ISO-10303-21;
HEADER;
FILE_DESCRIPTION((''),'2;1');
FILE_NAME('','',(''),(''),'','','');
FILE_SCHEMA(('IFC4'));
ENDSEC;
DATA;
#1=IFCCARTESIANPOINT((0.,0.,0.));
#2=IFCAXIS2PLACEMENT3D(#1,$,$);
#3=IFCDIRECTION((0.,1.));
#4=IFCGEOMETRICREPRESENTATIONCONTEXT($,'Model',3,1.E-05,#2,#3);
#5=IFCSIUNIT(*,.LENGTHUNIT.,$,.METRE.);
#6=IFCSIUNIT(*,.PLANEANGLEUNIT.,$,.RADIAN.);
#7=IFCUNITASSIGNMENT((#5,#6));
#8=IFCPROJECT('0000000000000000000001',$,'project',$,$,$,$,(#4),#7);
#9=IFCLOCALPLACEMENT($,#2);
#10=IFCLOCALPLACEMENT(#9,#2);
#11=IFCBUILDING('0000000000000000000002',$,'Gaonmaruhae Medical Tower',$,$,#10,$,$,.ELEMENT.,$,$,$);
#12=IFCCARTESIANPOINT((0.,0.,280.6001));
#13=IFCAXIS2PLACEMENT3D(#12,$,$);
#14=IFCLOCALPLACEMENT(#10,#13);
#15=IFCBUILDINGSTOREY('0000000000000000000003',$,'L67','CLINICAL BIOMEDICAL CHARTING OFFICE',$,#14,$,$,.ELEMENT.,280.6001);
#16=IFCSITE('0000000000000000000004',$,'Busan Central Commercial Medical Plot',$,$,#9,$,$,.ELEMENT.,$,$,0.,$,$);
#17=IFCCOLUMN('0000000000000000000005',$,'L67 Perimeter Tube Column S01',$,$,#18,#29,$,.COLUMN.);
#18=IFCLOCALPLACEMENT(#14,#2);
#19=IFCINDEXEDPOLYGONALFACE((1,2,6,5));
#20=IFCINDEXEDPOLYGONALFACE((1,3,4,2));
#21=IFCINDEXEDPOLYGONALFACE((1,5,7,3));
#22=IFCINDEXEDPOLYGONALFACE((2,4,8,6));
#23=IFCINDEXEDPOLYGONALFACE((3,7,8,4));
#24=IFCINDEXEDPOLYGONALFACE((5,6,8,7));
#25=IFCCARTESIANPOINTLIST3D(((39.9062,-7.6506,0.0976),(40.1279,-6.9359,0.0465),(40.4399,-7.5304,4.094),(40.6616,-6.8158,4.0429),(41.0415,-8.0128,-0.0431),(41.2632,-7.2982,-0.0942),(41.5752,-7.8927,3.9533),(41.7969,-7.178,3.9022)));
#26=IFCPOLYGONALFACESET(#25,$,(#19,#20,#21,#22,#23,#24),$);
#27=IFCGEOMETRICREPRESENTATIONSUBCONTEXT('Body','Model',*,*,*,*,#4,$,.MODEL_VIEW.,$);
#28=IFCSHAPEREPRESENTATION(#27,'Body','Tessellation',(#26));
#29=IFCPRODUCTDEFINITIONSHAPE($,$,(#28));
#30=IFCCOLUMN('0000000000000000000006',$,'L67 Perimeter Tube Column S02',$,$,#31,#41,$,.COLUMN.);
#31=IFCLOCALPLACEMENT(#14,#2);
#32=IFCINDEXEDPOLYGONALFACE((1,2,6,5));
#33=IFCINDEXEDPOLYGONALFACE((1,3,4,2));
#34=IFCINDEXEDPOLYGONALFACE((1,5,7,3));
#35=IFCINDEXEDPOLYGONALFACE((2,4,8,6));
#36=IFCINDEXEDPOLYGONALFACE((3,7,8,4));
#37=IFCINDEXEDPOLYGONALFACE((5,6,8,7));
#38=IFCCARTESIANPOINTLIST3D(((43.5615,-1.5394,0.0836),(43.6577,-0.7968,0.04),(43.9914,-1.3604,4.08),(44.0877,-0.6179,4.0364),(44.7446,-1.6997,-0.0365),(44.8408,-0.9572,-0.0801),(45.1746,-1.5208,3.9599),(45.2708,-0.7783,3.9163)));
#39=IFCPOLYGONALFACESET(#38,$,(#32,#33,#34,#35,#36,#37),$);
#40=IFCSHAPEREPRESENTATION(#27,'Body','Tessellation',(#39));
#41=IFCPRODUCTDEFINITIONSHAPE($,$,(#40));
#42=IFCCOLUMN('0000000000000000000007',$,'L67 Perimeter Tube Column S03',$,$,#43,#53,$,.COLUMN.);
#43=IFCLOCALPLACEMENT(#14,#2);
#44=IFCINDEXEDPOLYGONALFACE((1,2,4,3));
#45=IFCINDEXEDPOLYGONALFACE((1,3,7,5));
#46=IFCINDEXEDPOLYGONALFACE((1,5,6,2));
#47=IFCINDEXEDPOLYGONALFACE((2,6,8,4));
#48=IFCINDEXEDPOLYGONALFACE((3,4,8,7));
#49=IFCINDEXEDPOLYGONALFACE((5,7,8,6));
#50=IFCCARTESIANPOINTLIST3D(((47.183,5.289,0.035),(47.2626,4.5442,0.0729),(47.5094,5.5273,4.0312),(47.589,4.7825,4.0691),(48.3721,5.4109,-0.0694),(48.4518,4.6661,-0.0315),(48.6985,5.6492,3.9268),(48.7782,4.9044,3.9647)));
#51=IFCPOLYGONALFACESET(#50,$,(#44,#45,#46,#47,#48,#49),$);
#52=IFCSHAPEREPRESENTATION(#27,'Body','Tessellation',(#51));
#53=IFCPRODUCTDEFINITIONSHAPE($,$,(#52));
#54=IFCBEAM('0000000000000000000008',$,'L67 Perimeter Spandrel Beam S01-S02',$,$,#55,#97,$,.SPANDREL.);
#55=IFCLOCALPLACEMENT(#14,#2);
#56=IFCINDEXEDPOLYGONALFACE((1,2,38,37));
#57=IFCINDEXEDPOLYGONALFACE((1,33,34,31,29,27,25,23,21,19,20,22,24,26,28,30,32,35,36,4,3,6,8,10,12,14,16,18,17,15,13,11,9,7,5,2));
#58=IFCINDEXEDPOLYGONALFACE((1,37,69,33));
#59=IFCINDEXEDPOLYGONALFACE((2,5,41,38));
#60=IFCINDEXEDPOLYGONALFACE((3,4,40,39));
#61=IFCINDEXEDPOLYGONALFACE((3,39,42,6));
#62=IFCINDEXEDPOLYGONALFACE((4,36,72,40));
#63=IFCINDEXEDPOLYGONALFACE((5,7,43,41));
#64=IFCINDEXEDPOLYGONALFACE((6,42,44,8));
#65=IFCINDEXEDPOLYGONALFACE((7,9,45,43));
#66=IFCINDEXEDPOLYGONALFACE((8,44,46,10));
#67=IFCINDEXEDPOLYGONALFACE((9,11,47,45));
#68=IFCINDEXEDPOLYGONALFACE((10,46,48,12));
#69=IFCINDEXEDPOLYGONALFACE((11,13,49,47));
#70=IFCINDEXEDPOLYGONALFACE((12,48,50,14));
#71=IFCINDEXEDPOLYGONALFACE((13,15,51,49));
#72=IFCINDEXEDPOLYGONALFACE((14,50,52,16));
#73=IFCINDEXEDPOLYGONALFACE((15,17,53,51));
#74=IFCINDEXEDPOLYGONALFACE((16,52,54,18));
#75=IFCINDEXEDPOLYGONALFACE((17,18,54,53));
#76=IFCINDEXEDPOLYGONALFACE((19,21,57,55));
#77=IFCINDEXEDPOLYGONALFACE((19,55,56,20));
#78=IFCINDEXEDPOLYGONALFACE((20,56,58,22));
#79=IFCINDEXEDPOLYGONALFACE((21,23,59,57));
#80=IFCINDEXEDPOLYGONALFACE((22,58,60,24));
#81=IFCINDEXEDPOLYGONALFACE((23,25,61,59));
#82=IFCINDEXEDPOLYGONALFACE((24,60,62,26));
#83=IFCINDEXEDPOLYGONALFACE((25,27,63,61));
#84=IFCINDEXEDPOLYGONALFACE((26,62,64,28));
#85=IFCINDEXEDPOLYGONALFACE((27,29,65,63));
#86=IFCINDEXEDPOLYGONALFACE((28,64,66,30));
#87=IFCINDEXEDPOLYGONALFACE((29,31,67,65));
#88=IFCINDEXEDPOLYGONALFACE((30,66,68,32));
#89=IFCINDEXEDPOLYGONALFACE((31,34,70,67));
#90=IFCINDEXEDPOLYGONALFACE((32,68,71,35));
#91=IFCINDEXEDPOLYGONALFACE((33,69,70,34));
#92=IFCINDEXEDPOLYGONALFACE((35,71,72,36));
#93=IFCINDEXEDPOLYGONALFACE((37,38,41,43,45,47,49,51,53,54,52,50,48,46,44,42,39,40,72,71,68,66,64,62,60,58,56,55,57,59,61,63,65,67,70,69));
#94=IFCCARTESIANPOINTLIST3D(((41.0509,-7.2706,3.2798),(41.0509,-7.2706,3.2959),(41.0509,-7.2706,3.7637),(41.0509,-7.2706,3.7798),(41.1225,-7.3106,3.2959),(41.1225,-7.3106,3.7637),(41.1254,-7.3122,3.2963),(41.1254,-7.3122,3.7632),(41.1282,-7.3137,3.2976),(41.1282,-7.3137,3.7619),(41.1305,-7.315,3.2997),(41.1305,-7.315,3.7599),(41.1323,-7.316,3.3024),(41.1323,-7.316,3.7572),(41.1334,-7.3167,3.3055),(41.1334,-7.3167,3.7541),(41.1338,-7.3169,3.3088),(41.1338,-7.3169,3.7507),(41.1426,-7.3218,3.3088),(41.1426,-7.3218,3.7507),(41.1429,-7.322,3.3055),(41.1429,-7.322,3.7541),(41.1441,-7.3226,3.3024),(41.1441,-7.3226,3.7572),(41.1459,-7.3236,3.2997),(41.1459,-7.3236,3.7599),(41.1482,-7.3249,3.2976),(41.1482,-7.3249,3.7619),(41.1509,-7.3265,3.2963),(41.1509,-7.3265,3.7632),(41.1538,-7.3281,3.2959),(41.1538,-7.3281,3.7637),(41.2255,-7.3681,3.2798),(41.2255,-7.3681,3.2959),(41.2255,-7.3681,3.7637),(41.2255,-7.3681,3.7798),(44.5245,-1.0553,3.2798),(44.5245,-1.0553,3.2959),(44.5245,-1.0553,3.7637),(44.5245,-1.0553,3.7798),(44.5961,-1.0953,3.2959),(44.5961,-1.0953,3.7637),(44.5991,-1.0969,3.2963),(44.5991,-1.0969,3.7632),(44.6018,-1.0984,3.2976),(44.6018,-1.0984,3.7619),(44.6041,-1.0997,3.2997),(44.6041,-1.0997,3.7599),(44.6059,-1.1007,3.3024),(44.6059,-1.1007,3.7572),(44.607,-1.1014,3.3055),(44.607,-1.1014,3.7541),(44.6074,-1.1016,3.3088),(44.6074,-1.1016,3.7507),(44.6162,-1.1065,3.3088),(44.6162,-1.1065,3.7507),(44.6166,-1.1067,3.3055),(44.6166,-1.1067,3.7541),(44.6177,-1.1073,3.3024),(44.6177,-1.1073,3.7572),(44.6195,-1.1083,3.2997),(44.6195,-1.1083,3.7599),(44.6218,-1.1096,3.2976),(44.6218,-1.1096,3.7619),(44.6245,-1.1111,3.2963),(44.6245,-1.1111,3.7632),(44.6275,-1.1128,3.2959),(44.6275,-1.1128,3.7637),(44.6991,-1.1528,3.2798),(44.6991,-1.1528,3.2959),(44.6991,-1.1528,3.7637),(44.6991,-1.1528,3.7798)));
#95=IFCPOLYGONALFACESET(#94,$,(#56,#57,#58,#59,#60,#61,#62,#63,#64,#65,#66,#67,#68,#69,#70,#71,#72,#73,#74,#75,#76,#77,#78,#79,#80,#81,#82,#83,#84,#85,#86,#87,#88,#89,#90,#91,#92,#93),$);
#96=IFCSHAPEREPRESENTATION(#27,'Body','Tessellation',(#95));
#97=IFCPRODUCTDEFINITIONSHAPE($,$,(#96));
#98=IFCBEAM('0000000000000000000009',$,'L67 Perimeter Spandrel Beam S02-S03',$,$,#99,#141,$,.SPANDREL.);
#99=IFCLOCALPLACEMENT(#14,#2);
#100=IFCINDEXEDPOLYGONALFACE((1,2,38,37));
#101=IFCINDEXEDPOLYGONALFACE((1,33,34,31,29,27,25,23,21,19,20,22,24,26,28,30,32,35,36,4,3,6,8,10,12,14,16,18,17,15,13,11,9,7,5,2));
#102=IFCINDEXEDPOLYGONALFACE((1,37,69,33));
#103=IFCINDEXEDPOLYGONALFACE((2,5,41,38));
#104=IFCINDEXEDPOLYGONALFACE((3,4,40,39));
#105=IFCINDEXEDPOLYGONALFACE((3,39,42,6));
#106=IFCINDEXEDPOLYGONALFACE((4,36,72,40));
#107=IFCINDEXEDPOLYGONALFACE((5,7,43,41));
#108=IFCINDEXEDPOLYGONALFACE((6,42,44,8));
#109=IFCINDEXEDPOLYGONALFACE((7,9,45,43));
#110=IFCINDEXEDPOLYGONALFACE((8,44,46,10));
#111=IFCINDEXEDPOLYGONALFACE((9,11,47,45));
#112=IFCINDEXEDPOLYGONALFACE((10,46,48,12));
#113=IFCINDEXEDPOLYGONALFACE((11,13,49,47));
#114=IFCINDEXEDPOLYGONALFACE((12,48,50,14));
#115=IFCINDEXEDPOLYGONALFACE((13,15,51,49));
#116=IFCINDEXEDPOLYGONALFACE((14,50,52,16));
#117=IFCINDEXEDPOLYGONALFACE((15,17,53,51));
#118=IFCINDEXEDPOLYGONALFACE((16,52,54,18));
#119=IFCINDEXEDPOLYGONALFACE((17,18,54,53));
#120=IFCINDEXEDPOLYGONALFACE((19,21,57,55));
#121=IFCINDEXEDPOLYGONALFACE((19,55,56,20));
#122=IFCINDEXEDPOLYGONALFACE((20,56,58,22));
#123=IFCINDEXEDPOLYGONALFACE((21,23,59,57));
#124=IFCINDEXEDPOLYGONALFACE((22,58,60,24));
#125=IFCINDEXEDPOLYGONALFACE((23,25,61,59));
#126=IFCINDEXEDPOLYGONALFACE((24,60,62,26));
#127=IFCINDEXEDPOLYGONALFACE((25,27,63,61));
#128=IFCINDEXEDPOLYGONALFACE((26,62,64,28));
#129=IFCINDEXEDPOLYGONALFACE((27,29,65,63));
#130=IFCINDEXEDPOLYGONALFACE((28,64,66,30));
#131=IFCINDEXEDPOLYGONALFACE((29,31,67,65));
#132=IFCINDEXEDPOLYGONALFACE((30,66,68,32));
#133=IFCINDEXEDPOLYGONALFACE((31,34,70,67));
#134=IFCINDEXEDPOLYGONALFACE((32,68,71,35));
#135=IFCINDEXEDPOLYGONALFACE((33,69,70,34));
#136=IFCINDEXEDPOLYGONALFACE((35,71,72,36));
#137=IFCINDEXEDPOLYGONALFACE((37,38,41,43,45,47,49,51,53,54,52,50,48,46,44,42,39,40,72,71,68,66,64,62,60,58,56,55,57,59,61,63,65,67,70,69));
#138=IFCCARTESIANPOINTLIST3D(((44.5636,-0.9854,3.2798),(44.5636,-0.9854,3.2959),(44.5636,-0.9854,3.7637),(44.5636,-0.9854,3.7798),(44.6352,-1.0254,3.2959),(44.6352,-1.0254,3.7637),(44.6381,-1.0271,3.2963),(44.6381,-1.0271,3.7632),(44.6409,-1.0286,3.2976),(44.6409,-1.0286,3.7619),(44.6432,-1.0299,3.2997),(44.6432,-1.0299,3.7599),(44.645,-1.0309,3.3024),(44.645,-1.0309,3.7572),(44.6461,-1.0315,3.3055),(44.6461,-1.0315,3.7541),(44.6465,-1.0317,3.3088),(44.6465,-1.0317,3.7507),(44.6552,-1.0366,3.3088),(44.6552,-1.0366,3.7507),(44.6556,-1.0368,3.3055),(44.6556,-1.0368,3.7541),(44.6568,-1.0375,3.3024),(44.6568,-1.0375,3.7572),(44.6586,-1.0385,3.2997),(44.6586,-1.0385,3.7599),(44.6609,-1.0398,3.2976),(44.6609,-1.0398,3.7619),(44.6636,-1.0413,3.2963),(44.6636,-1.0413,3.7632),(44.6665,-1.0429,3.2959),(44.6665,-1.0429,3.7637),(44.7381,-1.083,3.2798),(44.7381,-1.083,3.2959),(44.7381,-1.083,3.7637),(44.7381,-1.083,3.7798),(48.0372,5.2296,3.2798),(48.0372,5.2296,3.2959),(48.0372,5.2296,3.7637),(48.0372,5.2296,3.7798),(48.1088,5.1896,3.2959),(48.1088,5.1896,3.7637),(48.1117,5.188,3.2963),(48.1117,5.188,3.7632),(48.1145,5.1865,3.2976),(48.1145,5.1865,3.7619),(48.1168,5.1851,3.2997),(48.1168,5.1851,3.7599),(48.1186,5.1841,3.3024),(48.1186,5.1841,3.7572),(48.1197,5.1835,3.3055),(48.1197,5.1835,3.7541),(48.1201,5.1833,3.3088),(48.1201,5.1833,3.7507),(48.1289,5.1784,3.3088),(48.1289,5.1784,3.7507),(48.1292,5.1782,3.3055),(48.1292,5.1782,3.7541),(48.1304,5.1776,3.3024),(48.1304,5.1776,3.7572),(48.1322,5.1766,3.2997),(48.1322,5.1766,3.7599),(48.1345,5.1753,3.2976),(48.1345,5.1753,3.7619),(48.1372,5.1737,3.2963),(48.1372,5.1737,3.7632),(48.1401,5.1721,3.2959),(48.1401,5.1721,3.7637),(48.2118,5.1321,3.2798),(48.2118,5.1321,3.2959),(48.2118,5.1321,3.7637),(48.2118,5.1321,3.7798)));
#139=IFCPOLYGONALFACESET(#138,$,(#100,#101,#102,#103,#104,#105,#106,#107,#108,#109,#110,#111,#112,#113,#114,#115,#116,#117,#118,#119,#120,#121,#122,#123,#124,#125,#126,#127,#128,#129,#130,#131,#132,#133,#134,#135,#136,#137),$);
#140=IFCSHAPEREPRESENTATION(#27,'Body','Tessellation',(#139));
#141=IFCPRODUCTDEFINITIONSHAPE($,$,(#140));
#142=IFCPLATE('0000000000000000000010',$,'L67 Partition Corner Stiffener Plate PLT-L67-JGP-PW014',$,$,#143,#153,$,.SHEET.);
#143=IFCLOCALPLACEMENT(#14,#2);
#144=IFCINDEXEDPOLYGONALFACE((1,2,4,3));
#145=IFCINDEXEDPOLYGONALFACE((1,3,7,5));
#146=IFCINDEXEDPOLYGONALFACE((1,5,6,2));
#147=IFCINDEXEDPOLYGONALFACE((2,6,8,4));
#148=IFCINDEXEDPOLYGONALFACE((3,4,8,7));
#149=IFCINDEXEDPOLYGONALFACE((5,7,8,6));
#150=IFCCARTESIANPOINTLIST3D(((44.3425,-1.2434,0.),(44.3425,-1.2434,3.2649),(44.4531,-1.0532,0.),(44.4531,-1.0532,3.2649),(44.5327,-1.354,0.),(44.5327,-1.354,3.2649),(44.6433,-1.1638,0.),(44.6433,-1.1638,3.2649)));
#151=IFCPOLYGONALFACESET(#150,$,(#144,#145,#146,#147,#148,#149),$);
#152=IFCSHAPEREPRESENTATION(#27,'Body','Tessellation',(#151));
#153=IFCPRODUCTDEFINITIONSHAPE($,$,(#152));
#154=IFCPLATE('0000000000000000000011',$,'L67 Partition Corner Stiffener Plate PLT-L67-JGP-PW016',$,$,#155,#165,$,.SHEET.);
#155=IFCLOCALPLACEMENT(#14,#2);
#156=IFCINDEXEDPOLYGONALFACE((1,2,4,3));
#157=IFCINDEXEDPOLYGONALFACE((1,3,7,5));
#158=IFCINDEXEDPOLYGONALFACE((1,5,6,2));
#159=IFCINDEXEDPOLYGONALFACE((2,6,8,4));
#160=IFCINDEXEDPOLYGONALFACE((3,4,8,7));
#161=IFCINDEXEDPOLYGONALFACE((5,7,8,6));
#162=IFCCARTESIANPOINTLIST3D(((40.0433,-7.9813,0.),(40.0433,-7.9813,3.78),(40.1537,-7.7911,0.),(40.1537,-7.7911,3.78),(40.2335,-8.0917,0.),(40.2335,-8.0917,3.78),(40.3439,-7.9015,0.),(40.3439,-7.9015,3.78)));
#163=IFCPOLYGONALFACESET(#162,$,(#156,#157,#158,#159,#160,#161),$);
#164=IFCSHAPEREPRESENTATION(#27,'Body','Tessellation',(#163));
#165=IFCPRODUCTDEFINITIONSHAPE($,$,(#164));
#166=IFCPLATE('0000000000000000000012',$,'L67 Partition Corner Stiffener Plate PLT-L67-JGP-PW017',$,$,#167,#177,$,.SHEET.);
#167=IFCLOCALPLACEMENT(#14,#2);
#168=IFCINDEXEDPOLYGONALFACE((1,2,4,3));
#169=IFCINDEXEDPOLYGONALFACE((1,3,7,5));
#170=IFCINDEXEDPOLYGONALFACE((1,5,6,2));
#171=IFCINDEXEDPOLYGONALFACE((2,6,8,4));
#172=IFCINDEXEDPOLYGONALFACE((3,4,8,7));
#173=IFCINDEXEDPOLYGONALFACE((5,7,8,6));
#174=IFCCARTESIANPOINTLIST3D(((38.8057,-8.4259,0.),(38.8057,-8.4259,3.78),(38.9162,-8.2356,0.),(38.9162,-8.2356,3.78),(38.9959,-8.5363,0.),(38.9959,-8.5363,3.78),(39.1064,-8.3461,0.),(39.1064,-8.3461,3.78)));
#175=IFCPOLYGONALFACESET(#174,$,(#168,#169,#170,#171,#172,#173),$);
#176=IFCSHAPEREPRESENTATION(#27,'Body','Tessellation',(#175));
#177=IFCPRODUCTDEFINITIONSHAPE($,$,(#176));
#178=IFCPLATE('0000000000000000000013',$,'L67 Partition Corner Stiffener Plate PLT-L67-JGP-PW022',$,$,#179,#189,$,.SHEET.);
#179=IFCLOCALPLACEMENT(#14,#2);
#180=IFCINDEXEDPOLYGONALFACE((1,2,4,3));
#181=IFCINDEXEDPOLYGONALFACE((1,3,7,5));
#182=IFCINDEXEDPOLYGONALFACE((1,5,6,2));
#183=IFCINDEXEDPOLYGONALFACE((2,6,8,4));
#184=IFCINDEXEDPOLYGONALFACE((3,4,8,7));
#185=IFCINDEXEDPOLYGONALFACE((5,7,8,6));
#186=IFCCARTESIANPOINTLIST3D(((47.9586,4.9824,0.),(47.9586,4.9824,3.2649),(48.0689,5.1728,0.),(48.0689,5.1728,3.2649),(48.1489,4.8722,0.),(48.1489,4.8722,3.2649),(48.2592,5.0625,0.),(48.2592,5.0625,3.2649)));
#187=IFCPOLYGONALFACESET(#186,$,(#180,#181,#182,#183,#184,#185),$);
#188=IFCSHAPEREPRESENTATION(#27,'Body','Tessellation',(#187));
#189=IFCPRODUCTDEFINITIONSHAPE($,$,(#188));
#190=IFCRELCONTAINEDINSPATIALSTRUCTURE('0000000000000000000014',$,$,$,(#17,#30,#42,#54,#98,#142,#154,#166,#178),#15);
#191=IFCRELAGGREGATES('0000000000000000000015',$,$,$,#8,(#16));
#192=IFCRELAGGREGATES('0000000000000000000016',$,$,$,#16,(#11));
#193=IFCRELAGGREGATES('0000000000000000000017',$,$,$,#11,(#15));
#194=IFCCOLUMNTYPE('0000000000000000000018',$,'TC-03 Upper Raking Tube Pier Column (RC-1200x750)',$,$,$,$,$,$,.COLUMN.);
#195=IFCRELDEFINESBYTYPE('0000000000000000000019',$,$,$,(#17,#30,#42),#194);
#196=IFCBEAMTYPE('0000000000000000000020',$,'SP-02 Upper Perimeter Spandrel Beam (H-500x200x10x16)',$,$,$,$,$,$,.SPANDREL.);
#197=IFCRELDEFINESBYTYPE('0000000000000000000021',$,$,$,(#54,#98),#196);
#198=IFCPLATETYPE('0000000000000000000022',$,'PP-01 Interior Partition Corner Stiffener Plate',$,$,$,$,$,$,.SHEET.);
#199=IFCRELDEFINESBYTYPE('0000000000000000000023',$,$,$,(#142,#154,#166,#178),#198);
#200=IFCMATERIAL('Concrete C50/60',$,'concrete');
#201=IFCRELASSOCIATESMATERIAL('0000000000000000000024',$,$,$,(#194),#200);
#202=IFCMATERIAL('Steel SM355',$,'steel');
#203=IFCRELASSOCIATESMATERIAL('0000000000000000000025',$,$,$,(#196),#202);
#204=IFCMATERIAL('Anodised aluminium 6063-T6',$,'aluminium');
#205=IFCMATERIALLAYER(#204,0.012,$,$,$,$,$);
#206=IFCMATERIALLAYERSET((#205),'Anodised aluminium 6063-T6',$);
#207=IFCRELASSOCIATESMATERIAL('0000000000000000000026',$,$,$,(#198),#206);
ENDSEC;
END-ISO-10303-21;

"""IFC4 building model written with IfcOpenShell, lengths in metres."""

from ifc_helpers import new_model, si_unit, direction, frame, origin, origin_2d, place, context, subcontext, project, spatial, rectangle, i_section, extrude, material, layer, layer_set, material_profile, profile_set, type_object, element, save


model = new_model("IFC4")

# Units and contexts
model_context = context("Model", 3, precision=1e-05, world=origin(), true_north=direction((0.0, 1.0)))
body_context = subcontext(model_context, "Body", "Model", "MODEL_VIEW")
ifc_project = project(units=[si_unit("LENGTHUNIT", "METRE"), si_unit("PLANEANGLEUNIT", "RADIAN")], contexts=[model_context])

# Site, building, storey
site_placement = place(None, origin())
site = spatial("IfcSite", under=ifc_project, at=site_placement, Name="Busan Central Commercial Medical Plot", CompositionType="ELEMENT", RefElevation=0.0)
building_placement = place(site_placement, origin())
building = spatial("IfcBuilding", under=site, at=building_placement, Name="Gaonmaruhae Medical Tower", CompositionType="ELEMENT")
storey_placement = place(building_placement, frame((0.0, 0.0, 280.6001)))
storey = spatial("IfcBuildingStorey", under=building, at=storey_placement, Name="L67", Description="CLINICAL BIOMEDICAL CHARTING OFFICE", CompositionType="ELEMENT", Elevation=280.6001)

# Columns
ifc_material_1 = material(Name="Concrete C50/60", Category="concrete")
ifc_material_profile_1 = material_profile(ifc_material_1, rectangle(XDim=1.2, YDim=0.75, at=origin_2d()), Name="RC-1200x750")
ifc_profile_set_1 = profile_set([ifc_material_profile_1], Name="Concrete C50/60")
column_type = type_object("IfcColumnType", Name="TC-03 Upper Raking Tube Pier Column (RC-1200x750)", PredefinedType="COLUMN", material=ifc_profile_set_1)
column_1_placement = place(storey_placement, frame((40.5847, -7.4744, 0.0017), z_axis=(0.132311, 0.029779, 0.990761), x_axis=(-0.946102, 0.301892, 0.117273)))
element("IfcColumn", 1, at=column_1_placement, inside=storey, type_object=column_type, Name="L67 Perimeter Tube Column S01", PredefinedType="COLUMN", context=body_context, shape_type="SweptSolid", body=[
    extrude(rectangle(XDim=1.2, YDim=0.75, at=origin_2d()), origin(), (0.0, 0.0, 1.0), 4.0337),
])
column_2_placement = place(storey_placement, frame((44.2012, -1.2483, 0.0017), z_axis=(0.106858, 0.044479, 0.993279), x_axis=(-0.985963, 0.133641, 0.100087)))
element("IfcColumn", 2, at=column_2_placement, inside=storey, type_object=column_type, Name="L67 Perimeter Tube Column S02", PredefinedType="COLUMN", context=body_context, shape_type="SweptSolid", body=[
    extrude(rectangle(XDim=1.2, YDim=0.75, at=origin_2d()), origin(), (0.0, 0.0, 1.0), 4.0234),
])
column_3_placement = place(storey_placement, frame((47.8174, 4.9775, 0.0017), z_axis=(0.081264, 0.059322, 0.994926), x_axis=(-0.991016, -0.10158, 0.087002)))
element("IfcColumn", 3, at=column_3_placement, inside=storey, type_object=column_type, Name="L67 Perimeter Tube Column S03", PredefinedType="COLUMN", context=body_context, shape_type="SweptSolid", body=[
    extrude(rectangle(XDim=1.2, YDim=0.75, at=origin_2d()), origin(), (0.0, 0.0, 1.0), 4.0166),
])

# Beams
ifc_material_2 = material(Name="Steel SM355", Category="steel")
ifc_material_profile_2 = material_profile(ifc_material_2, i_section(OverallWidth=0.2, OverallDepth=0.5, WebThickness=0.01, FlangeThickness=0.0161, FilletRadius=0.0129, at=origin_2d()), Name="H-500x200x10x16")
ifc_profile_set_2 = profile_set([ifc_material_profile_2], Name="Steel SM355")
beam_type = type_object("IfcBeamType", Name="SP-02 Upper Perimeter Spandrel Beam (H-500x200x10x16)", PredefinedType="SPANDREL", material=ifc_profile_set_2)
beam_1_placement = place(storey_placement, frame((41.1382, -7.3193, 3.5298), z_axis=(0.48786, 0.872922, 0.0), x_axis=(-0.872922, 0.48786, 0.0)))
element("IfcBeam", 4, at=beam_1_placement, inside=storey, type_object=beam_type, Name="L67 Perimeter Spandrel Beam S01-S02", PredefinedType="SPANDREL", context=body_context, shape_type="SweptSolid", body=[
    extrude(i_section(OverallWidth=0.2, OverallDepth=0.5, WebThickness=0.01, FlangeThickness=0.0161, FilletRadius=0.0129, at=origin_2d()), origin(), (0.0, 0.0, 1.0), 7.1201),
])
beam_2_placement = place(storey_placement, frame((44.6509, -1.0342, 3.5298), z_axis=(0.487874, 0.872914, 0.0), x_axis=(-0.872914, 0.487874, 0.0)))
element("IfcBeam", 5, at=beam_2_placement, inside=storey, type_object=beam_type, Name="L67 Perimeter Spandrel Beam S02-S03", PredefinedType="SPANDREL", context=body_context, shape_type="SweptSolid", body=[
    extrude(i_section(OverallWidth=0.2, OverallDepth=0.5, WebThickness=0.01, FlangeThickness=0.0161, FilletRadius=0.0129, at=origin_2d()), origin(), (0.0, 0.0, 1.0), 7.1199),
])

# Plates
ifc_material_3 = material(Name="Anodised aluminium 6063-T6", Category="aluminium")
ifc_layer_1 = layer(ifc_material_3, 0.012)
ifc_layer_set_1 = layer_set([ifc_layer_1], Name="Anodised aluminium 6063-T6")
plate_type = type_object("IfcPlateType", Name="PP-01 Interior Partition Corner Stiffener Plate", PredefinedType="SHEET", material=ifc_layer_set_1)
plate_1_placement = place(storey_placement, frame((44.4929, -1.2036, 0.0), z_axis=(0.0, 0.0, 1.0), x_axis=(-0.502779, -0.864415, 0.0)))
element("IfcPlate", 6, at=plate_1_placement, inside=storey, type_object=plate_type, Name="L67 Partition Corner Stiffener Plate PLT-L67-JGP-PW014", PredefinedType="SHEET", context=body_context, shape_type="SweptSolid", body=[
    extrude(rectangle(XDim=0.22, YDim=0.22, at=origin_2d()), origin(), (0.0, 0.0, 1.0), 3.2649),
])
for number, where, z_axis, x_axis, name in (
    (7, (40.1936, -7.9414, 0.0), (0.0, 0.0, 1.0), (-0.86481, 0.5021, 0.0), "L67 Partition Corner Stiffener Plate PLT-L67-JGP-PW016"),
    (8, (38.9561, -8.386, 0.0), (0.0, 0.0, 1.0), (-0.502235, -0.864731, 0.0), "L67 Partition Corner Stiffener Plate PLT-L67-JGP-PW017"),
):
    element("IfcPlate", number, at=place(storey_placement, frame(where, z_axis=z_axis, x_axis=x_axis)), inside=storey, type_object=plate_type, Name=name, PredefinedType="SHEET", context=body_context, shape_type="SweptSolid", body=[
        extrude(rectangle(XDim=0.22, YDim=0.22, at=origin_2d()), origin(), (0.0, 0.0, 1.0), 3.78),
    ])
plate_2_placement = place(storey_placement, frame((48.1089, 5.0225, 0.0), z_axis=(0.0, 0.0, 1.0), x_axis=(-0.50139, -0.865221, 0.0)))
element("IfcPlate", 9, at=plate_2_placement, inside=storey, type_object=plate_type, Name="L67 Partition Corner Stiffener Plate PLT-L67-JGP-PW022", PredefinedType="SHEET", context=body_context, shape_type="SweptSolid", body=[
    extrude(rectangle(XDim=0.22, YDim=0.22, at=origin_2d()), origin(), (0.0, 0.0, 1.0), 3.2649),
])

save(model, "model.ifc")
